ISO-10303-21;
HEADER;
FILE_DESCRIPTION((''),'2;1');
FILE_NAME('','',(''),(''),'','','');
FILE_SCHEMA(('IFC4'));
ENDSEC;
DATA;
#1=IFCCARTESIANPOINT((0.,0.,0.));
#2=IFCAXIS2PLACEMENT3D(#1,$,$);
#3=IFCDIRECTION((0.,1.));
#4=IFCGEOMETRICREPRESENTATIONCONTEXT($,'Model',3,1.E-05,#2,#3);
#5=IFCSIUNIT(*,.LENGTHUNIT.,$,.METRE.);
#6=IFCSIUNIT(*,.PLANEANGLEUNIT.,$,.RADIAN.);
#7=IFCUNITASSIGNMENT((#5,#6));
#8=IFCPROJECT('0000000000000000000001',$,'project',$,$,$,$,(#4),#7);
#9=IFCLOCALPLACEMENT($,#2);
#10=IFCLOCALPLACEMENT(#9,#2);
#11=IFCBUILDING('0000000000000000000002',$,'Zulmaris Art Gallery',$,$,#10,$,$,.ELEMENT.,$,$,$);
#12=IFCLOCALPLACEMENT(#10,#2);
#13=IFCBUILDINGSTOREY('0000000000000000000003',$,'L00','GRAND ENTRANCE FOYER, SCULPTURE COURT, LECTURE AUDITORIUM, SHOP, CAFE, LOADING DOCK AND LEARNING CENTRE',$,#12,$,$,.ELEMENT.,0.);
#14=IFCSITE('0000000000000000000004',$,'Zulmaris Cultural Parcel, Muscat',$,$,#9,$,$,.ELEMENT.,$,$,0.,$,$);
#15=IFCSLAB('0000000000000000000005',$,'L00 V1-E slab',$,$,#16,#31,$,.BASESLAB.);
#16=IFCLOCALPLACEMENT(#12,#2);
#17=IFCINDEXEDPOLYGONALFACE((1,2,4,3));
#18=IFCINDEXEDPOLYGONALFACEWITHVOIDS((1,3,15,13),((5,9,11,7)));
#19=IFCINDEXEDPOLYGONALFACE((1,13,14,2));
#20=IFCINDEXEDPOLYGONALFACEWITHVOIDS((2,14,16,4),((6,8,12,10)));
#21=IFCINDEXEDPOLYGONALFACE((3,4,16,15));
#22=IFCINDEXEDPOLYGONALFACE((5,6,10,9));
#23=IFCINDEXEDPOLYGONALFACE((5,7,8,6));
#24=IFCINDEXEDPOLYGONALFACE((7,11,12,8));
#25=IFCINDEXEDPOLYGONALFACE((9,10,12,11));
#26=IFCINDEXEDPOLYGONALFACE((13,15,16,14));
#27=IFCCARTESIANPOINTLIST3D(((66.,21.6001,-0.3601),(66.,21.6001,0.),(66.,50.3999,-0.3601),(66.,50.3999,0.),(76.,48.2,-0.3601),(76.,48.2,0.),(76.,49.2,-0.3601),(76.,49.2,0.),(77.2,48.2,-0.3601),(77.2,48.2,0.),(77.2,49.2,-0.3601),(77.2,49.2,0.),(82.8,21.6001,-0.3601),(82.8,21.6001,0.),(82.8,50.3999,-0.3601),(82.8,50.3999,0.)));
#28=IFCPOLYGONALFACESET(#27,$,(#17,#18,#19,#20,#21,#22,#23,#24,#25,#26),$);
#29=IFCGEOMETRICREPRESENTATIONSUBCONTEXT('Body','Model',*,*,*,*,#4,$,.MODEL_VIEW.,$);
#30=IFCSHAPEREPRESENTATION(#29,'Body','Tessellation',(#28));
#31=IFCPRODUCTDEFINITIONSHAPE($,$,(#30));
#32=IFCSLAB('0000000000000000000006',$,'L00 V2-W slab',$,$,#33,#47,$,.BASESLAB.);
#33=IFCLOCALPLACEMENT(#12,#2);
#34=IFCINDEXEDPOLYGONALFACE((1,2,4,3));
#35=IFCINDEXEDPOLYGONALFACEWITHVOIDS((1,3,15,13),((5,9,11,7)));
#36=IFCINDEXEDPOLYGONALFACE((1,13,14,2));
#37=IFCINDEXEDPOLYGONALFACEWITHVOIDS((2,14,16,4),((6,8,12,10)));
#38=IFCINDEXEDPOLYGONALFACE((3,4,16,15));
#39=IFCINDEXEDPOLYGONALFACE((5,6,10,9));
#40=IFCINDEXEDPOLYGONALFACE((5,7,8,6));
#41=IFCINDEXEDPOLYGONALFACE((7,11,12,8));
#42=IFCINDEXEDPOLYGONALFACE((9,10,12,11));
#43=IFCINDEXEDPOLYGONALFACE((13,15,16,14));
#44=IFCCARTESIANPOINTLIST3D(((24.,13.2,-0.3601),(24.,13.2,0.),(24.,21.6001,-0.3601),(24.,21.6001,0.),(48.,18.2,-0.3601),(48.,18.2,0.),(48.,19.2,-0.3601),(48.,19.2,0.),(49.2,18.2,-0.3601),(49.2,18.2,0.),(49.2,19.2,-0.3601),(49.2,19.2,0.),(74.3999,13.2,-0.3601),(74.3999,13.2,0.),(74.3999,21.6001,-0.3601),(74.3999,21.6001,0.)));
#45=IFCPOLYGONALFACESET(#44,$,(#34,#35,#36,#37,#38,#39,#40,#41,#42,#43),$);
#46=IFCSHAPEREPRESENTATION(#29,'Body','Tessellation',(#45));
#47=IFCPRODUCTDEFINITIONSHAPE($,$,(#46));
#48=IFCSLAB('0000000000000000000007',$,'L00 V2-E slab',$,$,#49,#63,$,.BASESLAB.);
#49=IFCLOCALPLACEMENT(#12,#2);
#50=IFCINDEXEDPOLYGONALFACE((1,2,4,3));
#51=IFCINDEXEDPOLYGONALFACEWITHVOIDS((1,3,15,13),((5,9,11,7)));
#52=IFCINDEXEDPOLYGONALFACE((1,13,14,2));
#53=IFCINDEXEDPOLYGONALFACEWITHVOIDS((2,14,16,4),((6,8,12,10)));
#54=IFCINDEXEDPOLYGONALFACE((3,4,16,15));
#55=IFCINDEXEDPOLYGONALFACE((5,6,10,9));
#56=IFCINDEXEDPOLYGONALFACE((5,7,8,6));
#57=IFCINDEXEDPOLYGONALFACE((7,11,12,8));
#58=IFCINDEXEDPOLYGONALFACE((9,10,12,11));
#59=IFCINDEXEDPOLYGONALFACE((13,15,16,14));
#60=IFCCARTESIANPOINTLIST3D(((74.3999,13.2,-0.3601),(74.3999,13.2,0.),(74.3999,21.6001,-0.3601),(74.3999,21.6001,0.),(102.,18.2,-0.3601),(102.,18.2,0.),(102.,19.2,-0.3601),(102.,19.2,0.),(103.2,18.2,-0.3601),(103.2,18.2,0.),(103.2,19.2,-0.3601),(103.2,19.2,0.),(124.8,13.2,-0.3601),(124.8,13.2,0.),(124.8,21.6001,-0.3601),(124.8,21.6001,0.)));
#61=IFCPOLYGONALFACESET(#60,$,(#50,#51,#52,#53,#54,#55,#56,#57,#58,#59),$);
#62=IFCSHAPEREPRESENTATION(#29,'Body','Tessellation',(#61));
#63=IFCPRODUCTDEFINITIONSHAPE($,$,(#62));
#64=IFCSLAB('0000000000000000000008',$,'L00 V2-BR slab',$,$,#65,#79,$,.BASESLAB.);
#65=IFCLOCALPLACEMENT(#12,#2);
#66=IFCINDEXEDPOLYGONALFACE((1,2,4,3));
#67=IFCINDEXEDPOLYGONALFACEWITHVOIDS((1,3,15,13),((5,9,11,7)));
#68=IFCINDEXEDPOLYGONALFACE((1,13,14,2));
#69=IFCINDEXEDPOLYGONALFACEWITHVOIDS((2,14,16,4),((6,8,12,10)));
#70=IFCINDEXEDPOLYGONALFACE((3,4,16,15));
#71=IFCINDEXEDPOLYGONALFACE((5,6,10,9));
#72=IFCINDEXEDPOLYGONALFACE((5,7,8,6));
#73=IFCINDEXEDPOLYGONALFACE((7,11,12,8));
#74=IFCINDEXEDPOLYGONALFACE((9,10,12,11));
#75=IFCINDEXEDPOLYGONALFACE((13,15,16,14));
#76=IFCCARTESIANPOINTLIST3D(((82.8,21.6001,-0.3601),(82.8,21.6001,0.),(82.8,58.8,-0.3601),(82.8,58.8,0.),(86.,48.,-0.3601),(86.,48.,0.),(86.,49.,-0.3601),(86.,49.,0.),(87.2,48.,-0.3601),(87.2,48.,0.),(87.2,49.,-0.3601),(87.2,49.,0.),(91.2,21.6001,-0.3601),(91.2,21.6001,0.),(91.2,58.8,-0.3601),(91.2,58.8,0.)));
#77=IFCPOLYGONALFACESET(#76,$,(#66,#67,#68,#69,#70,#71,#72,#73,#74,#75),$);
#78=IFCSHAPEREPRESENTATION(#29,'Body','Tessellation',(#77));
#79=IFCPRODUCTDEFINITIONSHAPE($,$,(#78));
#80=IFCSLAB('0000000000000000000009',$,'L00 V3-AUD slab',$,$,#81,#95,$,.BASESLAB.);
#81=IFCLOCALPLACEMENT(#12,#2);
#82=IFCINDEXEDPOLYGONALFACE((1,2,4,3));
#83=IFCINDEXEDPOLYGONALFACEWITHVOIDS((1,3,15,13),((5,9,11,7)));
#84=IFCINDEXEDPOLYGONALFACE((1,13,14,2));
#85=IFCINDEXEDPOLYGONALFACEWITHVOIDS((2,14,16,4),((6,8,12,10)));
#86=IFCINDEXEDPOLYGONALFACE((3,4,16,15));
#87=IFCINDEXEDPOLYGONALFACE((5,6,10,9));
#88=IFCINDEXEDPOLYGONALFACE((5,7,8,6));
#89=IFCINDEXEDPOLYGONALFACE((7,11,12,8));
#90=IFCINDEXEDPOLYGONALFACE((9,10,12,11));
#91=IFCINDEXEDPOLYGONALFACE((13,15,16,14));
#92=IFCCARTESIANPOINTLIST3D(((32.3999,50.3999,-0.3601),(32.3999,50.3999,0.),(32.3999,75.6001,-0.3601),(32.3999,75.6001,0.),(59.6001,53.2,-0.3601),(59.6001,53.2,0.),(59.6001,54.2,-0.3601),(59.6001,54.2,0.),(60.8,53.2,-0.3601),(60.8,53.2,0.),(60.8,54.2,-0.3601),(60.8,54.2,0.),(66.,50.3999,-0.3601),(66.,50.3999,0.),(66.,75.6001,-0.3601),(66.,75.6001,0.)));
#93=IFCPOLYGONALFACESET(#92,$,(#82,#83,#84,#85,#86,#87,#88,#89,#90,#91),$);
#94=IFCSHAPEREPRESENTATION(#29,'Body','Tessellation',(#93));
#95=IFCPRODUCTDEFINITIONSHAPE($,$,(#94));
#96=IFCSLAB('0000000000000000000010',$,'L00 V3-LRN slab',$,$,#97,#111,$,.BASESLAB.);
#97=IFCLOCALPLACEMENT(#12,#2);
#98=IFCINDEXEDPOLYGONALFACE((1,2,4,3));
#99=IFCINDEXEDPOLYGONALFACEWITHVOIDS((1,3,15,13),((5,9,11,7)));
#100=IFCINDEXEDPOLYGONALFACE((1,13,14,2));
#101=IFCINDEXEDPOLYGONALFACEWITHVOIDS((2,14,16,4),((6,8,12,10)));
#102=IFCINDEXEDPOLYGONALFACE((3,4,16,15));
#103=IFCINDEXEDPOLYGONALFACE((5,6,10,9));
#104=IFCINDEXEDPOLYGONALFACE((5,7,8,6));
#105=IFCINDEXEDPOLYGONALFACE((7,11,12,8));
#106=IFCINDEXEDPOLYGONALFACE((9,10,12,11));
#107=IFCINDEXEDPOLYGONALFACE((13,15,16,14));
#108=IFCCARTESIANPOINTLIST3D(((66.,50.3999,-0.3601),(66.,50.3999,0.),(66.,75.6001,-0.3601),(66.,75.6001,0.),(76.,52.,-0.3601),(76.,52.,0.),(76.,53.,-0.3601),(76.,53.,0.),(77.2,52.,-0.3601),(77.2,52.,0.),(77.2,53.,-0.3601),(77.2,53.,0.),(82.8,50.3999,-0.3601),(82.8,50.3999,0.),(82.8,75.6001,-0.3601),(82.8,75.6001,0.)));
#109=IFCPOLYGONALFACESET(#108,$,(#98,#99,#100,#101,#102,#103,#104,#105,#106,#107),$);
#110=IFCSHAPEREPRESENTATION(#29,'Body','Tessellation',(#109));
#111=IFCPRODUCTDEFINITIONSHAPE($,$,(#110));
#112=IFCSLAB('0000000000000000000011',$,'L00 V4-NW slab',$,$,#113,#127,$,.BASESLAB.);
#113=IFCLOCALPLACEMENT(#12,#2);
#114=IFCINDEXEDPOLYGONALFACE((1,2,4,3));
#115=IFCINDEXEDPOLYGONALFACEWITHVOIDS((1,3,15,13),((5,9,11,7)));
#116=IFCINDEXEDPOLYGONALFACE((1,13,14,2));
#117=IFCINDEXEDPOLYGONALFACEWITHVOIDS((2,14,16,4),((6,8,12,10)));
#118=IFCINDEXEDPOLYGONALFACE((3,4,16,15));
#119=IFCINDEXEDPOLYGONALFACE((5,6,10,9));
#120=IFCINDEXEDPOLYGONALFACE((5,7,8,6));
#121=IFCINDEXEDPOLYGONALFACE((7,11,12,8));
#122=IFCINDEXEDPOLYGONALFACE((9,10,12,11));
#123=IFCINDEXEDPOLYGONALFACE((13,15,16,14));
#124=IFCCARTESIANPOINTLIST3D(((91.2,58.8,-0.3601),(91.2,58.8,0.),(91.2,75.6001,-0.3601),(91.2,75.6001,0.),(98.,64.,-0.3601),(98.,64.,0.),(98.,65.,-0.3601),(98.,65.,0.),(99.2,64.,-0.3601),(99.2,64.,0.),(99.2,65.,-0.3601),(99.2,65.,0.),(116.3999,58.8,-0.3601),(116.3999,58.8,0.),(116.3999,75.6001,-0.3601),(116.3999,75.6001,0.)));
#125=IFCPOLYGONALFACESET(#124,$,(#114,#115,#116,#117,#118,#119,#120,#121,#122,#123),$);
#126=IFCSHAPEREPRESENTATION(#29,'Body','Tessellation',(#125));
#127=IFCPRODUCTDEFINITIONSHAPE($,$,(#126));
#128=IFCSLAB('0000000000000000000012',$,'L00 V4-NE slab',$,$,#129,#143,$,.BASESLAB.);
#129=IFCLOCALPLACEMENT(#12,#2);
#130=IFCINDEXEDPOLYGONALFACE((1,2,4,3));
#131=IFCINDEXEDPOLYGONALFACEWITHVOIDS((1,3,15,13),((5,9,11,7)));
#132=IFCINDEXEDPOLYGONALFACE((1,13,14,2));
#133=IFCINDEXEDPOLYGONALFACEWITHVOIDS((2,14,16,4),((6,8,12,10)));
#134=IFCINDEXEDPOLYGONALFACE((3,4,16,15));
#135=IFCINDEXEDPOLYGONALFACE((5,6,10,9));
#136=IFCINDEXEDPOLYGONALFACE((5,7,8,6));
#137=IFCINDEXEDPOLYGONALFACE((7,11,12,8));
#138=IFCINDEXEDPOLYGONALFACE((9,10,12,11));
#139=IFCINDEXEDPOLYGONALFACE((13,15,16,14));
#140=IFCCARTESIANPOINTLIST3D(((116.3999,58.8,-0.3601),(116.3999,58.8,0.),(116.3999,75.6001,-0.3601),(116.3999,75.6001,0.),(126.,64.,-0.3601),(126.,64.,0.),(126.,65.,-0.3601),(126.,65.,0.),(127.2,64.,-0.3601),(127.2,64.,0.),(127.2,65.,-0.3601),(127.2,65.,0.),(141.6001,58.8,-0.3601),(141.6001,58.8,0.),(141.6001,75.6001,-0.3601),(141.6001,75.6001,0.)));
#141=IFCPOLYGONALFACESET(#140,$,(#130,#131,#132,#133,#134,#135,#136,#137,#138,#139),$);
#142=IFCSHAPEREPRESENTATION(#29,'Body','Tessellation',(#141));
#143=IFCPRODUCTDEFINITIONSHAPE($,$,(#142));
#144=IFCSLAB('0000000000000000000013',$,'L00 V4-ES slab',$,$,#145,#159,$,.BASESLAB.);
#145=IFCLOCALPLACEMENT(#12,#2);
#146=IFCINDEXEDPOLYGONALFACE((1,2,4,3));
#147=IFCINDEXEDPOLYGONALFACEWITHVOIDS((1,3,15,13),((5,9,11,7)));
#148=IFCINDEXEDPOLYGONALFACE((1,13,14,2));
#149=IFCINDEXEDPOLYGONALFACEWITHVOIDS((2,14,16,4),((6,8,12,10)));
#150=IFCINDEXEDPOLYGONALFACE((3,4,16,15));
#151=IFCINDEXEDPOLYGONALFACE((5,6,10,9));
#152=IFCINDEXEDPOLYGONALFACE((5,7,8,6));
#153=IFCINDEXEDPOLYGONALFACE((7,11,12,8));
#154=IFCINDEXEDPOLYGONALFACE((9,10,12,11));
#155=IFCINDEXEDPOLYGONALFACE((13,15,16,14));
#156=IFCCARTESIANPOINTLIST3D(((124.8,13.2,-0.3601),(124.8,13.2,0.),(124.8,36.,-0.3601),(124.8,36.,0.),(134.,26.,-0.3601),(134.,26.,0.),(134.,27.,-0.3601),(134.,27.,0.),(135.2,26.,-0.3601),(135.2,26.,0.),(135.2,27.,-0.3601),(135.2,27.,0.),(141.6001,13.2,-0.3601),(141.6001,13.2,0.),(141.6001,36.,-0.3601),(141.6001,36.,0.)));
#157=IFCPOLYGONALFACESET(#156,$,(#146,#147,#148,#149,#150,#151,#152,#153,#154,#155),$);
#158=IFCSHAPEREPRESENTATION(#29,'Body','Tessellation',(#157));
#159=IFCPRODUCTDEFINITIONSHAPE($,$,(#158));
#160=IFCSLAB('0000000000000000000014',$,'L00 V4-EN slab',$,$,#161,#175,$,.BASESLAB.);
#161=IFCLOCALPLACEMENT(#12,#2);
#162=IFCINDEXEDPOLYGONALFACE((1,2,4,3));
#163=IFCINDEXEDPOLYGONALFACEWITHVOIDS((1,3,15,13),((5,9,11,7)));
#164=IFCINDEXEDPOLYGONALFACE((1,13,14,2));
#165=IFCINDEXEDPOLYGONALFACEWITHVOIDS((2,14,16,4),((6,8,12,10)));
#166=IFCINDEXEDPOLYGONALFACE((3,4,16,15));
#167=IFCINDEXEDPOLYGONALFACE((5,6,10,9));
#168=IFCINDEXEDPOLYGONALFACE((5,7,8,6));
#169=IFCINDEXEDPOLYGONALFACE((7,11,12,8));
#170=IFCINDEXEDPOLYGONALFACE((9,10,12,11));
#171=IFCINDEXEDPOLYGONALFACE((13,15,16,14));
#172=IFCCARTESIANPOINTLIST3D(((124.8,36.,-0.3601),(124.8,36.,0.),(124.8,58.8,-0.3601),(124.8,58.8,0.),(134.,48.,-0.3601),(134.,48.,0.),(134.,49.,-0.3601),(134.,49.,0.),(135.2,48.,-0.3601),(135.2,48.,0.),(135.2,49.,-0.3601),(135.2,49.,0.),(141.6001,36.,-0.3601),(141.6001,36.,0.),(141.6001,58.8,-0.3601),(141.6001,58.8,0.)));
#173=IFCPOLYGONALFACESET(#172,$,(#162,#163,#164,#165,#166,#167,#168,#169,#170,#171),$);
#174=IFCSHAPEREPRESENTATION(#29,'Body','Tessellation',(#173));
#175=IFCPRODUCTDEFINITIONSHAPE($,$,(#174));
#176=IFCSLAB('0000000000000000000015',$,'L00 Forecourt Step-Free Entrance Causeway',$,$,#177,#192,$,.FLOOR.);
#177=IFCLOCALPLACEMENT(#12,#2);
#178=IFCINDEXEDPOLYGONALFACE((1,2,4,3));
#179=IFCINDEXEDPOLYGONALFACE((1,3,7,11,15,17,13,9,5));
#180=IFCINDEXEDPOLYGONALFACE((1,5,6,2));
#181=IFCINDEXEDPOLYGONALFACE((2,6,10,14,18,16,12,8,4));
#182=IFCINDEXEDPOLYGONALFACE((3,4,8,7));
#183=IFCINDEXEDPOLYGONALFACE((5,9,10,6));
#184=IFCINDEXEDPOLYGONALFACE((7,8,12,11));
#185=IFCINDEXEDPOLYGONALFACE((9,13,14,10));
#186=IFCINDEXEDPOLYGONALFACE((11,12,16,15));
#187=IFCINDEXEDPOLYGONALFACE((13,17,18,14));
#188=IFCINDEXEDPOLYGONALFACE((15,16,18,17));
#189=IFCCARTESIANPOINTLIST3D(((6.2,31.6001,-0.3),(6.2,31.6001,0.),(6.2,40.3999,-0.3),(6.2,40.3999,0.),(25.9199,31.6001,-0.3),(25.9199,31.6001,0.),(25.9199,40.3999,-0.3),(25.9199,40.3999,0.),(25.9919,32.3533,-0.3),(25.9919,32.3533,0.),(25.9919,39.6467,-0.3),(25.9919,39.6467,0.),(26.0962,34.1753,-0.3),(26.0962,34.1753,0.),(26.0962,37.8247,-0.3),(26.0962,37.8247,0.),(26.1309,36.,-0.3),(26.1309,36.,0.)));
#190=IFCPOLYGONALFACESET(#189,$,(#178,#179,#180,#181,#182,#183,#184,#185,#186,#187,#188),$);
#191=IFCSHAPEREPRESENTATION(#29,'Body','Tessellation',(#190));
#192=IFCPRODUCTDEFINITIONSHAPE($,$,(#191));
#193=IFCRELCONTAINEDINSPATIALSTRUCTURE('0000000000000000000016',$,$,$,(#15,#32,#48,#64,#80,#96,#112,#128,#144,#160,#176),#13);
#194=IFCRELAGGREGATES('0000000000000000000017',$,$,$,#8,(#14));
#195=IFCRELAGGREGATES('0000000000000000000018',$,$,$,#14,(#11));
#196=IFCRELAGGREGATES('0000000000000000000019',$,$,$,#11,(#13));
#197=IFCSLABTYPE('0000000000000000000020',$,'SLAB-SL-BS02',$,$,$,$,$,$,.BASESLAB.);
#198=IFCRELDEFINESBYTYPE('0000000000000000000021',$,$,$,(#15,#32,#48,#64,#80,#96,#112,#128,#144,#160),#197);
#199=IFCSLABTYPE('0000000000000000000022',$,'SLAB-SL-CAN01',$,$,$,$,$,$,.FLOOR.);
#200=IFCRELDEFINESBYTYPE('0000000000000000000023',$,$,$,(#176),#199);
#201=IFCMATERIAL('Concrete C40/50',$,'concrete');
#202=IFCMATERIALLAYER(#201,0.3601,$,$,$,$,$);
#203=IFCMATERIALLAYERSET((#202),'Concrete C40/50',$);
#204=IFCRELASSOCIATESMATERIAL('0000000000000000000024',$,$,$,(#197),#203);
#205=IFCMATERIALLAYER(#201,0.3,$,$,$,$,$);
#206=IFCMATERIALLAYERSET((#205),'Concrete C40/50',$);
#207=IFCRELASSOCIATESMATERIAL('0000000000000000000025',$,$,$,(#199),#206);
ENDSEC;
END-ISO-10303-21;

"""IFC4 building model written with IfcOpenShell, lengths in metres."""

from ifc_helpers import new_model, si_unit, direction, frame, origin, place, context, subcontext, project, spatial, polyline, outline, extrude, material, layer, layer_set, type_object, element, save


model = new_model("IFC4")

# Units and contexts
model_context = context("Model", 3, precision=1e-05, world=origin(), true_north=direction((0.0, 1.0)))
body_context = subcontext(model_context, "Body", "Model", "MODEL_VIEW")
ifc_project = project(units=[si_unit("LENGTHUNIT", "METRE"), si_unit("PLANEANGLEUNIT", "RADIAN")], contexts=[model_context])

# Site, building, storey
site_placement = place(None, origin())
site = spatial("IfcSite", under=ifc_project, at=site_placement, Name="Zulmaris Cultural Parcel, Muscat", CompositionType="ELEMENT", RefElevation=0.0)
building_placement = place(site_placement, origin())
building = spatial("IfcBuilding", under=site, at=building_placement, Name="Zulmaris Art Gallery", CompositionType="ELEMENT")
storey_placement = place(building_placement, origin())
storey = spatial("IfcBuildingStorey", under=building, at=storey_placement, Name="L00", Description="GRAND ENTRANCE FOYER, SCULPTURE COURT, LECTURE AUDITORIUM, SHOP, CAFE, LOADING DOCK AND LEARNING CENTRE", CompositionType="ELEMENT", Elevation=0.0)

# Slabs
ifc_material_1 = material(Name="Concrete C40/50", Category="concrete")
ifc_layer_1 = layer(ifc_material_1, 0.3601)
ifc_layer_set_1 = layer_set([ifc_layer_1], Name="Concrete C40/50")
slab_type_1 = type_object("IfcSlabType", Name="SLAB-SL-BS02", PredefinedType="BASESLAB", material=ifc_layer_set_1)
slab_1_placement = place(storey_placement, frame((0.0, 0.0, -0.3601)))
element("IfcSlab", 1, at=slab_1_placement, inside=storey, type_object=slab_type_1, Name="L00 V1-E slab", PredefinedType="BASESLAB", context=body_context, shape_type="SweptSolid", body=[
    extrude(outline(polyline([(66.0, 21.6001), (66.0, 50.3999), (82.8, 50.3999), (82.8, 21.6001), (66.0, 21.6001)]), holes=[polyline([(77.2, 48.2), (77.2, 49.2), (76.0, 49.2), (76.0, 48.2), (77.2, 48.2)])]), origin(), (0.0, 0.0, 1.0), 0.3601),
])
slab_2_placement = place(storey_placement, frame((0.0, 0.0, -0.3601)))
element("IfcSlab", 2, at=slab_2_placement, inside=storey, type_object=slab_type_1, Name="L00 V2-W slab", PredefinedType="BASESLAB", context=body_context, shape_type="SweptSolid", body=[
    extrude(outline(polyline([(24.0, 13.2), (24.0, 21.6001), (74.3999, 21.6001), (74.3999, 13.2), (24.0, 13.2)]), holes=[polyline([(49.2, 19.2), (48.0, 19.2), (48.0, 18.2), (49.2, 18.2), (49.2, 19.2)])]), origin(), (0.0, 0.0, 1.0), 0.3601),
])
slab_3_placement = place(storey_placement, frame((0.0, 0.0, -0.3601)))
element("IfcSlab", 3, at=slab_3_placement, inside=storey, type_object=slab_type_1, Name="L00 V2-E slab", PredefinedType="BASESLAB", context=body_context, shape_type="SweptSolid", body=[
    extrude(outline(polyline([(74.3999, 13.2), (74.3999, 21.6001), (124.8, 21.6001), (124.8, 13.2), (74.3999, 13.2)]), holes=[polyline([(103.2, 18.2), (103.2, 19.2), (102.0, 19.2), (102.0, 18.2), (103.2, 18.2)])]), origin(), (0.0, 0.0, 1.0), 0.3601),
])
slab_4_placement = place(storey_placement, frame((0.0, 0.0, -0.3601)))
element("IfcSlab", 4, at=slab_4_placement, inside=storey, type_object=slab_type_1, Name="L00 V2-BR slab", PredefinedType="BASESLAB", context=body_context, shape_type="SweptSolid", body=[
    extrude(outline(polyline([(82.8, 21.6001), (82.8, 58.8), (91.2, 58.8), (91.2, 21.6001), (82.8, 21.6001)]), holes=[polyline([(87.2, 48.0), (87.2, 49.0), (86.0, 49.0), (86.0, 48.0), (87.2, 48.0)])]), origin(), (0.0, 0.0, 1.0), 0.3601),
])
slab_5_placement = place(storey_placement, frame((0.0, 0.0, -0.3601)))
element("IfcSlab", 5, at=slab_5_placement, inside=storey, type_object=slab_type_1, Name="L00 V3-AUD slab", PredefinedType="BASESLAB", context=body_context, shape_type="SweptSolid", body=[
    extrude(outline(polyline([(32.3999, 50.3999), (32.3999, 75.6001), (66.0, 75.6001), (66.0, 50.3999), (32.3999, 50.3999)]), holes=[polyline([(60.8, 54.2), (59.6001, 54.2), (59.6001, 53.2), (60.8, 53.2), (60.8, 54.2)])]), origin(), (0.0, 0.0, 1.0), 0.3601),
])
slab_6_placement = place(storey_placement, frame((0.0, 0.0, -0.3601)))
element("IfcSlab", 6, at=slab_6_placement, inside=storey, type_object=slab_type_1, Name="L00 V3-LRN slab", PredefinedType="BASESLAB", context=body_context, shape_type="SweptSolid", body=[
    extrude(outline(polyline([(66.0, 50.3999), (66.0, 75.6001), (82.8, 75.6001), (82.8, 50.3999), (66.0, 50.3999)]), holes=[polyline([(77.2, 52.0), (77.2, 53.0), (76.0, 53.0), (76.0, 52.0), (77.2, 52.0)])]), origin(), (0.0, 0.0, 1.0), 0.3601),
])
slab_7_placement = place(storey_placement, frame((0.0, 0.0, -0.3601)))
element("IfcSlab", 7, at=slab_7_placement, inside=storey, type_object=slab_type_1, Name="L00 V4-NW slab", PredefinedType="BASESLAB", context=body_context, shape_type="SweptSolid", body=[
    extrude(outline(polyline([(91.2, 58.8), (91.2, 75.6001), (116.3999, 75.6001), (116.3999, 58.8), (91.2, 58.8)]), holes=[polyline([(99.2, 64.0), (99.2, 65.0), (98.0, 65.0), (98.0, 64.0), (99.2, 64.0)])]), origin(), (0.0, 0.0, 1.0), 0.3601),
])
slab_8_placement = place(storey_placement, frame((0.0, 0.0, -0.3601)))
element("IfcSlab", 8, at=slab_8_placement, inside=storey, type_object=slab_type_1, Name="L00 V4-NE slab", PredefinedType="BASESLAB", context=body_context, shape_type="SweptSolid", body=[
    extrude(outline(polyline([(116.3999, 58.8), (116.3999, 75.6001), (141.6001, 75.6001), (141.6001, 58.8), (116.3999, 58.8)]), holes=[polyline([(127.2, 64.0), (127.2, 65.0), (126.0, 65.0), (126.0, 64.0), (127.2, 64.0)])]), origin(), (0.0, 0.0, 1.0), 0.3601),
])
slab_9_placement = place(storey_placement, frame((0.0, 0.0, -0.3601)))
element("IfcSlab", 9, at=slab_9_placement, inside=storey, type_object=slab_type_1, Name="L00 V4-ES slab", PredefinedType="BASESLAB", context=body_context, shape_type="SweptSolid", body=[
    extrude(outline(polyline([(124.8, 13.2), (124.8, 36.0), (141.6001, 36.0), (141.6001, 13.2), (124.8, 13.2)]), holes=[polyline([(135.2, 26.0), (135.2, 27.0), (134.0, 27.0), (134.0, 26.0), (135.2, 26.0)])]), origin(), (0.0, 0.0, 1.0), 0.3601),
])
slab_10_placement = place(storey_placement, frame((0.0, 0.0, -0.3601)))
element("IfcSlab", 10, at=slab_10_placement, inside=storey, type_object=slab_type_1, Name="L00 V4-EN slab", PredefinedType="BASESLAB", context=body_context, shape_type="SweptSolid", body=[
    extrude(outline(polyline([(124.8, 36.0), (124.8, 58.8), (141.6001, 58.8), (141.6001, 36.0), (124.8, 36.0)]), holes=[polyline([(135.2, 48.0), (135.2, 49.0), (134.0, 49.0), (134.0, 48.0), (135.2, 48.0)])]), origin(), (0.0, 0.0, 1.0), 0.3601),
])
ifc_layer_2 = layer(ifc_material_1, 0.3)
ifc_layer_set_2 = layer_set([ifc_layer_2], Name="Concrete C40/50")
slab_type_2 = type_object("IfcSlabType", Name="SLAB-SL-CAN01", PredefinedType="FLOOR", material=ifc_layer_set_2)
slab_11_placement = place(storey_placement, frame((0.0, 0.0, -0.3)))
element("IfcSlab", 11, at=slab_11_placement, inside=storey, type_object=slab_type_2, Name="L00 Forecourt Step-Free Entrance Causeway", PredefinedType="FLOOR", context=body_context, shape_type="SweptSolid", body=[
    extrude(outline(polyline([(6.2, 31.6001), (6.2, 40.3999), (25.9199, 40.3999), (25.9919, 39.6467), (26.0962, 37.8247), (26.1309, 36.0), (26.0962, 34.1753), (25.9919, 32.3533), (25.9199, 31.6001), (6.2, 31.6001)])), origin(), (0.0, 0.0, 1.0), 0.3),
])

save(model, "model.ifc")
